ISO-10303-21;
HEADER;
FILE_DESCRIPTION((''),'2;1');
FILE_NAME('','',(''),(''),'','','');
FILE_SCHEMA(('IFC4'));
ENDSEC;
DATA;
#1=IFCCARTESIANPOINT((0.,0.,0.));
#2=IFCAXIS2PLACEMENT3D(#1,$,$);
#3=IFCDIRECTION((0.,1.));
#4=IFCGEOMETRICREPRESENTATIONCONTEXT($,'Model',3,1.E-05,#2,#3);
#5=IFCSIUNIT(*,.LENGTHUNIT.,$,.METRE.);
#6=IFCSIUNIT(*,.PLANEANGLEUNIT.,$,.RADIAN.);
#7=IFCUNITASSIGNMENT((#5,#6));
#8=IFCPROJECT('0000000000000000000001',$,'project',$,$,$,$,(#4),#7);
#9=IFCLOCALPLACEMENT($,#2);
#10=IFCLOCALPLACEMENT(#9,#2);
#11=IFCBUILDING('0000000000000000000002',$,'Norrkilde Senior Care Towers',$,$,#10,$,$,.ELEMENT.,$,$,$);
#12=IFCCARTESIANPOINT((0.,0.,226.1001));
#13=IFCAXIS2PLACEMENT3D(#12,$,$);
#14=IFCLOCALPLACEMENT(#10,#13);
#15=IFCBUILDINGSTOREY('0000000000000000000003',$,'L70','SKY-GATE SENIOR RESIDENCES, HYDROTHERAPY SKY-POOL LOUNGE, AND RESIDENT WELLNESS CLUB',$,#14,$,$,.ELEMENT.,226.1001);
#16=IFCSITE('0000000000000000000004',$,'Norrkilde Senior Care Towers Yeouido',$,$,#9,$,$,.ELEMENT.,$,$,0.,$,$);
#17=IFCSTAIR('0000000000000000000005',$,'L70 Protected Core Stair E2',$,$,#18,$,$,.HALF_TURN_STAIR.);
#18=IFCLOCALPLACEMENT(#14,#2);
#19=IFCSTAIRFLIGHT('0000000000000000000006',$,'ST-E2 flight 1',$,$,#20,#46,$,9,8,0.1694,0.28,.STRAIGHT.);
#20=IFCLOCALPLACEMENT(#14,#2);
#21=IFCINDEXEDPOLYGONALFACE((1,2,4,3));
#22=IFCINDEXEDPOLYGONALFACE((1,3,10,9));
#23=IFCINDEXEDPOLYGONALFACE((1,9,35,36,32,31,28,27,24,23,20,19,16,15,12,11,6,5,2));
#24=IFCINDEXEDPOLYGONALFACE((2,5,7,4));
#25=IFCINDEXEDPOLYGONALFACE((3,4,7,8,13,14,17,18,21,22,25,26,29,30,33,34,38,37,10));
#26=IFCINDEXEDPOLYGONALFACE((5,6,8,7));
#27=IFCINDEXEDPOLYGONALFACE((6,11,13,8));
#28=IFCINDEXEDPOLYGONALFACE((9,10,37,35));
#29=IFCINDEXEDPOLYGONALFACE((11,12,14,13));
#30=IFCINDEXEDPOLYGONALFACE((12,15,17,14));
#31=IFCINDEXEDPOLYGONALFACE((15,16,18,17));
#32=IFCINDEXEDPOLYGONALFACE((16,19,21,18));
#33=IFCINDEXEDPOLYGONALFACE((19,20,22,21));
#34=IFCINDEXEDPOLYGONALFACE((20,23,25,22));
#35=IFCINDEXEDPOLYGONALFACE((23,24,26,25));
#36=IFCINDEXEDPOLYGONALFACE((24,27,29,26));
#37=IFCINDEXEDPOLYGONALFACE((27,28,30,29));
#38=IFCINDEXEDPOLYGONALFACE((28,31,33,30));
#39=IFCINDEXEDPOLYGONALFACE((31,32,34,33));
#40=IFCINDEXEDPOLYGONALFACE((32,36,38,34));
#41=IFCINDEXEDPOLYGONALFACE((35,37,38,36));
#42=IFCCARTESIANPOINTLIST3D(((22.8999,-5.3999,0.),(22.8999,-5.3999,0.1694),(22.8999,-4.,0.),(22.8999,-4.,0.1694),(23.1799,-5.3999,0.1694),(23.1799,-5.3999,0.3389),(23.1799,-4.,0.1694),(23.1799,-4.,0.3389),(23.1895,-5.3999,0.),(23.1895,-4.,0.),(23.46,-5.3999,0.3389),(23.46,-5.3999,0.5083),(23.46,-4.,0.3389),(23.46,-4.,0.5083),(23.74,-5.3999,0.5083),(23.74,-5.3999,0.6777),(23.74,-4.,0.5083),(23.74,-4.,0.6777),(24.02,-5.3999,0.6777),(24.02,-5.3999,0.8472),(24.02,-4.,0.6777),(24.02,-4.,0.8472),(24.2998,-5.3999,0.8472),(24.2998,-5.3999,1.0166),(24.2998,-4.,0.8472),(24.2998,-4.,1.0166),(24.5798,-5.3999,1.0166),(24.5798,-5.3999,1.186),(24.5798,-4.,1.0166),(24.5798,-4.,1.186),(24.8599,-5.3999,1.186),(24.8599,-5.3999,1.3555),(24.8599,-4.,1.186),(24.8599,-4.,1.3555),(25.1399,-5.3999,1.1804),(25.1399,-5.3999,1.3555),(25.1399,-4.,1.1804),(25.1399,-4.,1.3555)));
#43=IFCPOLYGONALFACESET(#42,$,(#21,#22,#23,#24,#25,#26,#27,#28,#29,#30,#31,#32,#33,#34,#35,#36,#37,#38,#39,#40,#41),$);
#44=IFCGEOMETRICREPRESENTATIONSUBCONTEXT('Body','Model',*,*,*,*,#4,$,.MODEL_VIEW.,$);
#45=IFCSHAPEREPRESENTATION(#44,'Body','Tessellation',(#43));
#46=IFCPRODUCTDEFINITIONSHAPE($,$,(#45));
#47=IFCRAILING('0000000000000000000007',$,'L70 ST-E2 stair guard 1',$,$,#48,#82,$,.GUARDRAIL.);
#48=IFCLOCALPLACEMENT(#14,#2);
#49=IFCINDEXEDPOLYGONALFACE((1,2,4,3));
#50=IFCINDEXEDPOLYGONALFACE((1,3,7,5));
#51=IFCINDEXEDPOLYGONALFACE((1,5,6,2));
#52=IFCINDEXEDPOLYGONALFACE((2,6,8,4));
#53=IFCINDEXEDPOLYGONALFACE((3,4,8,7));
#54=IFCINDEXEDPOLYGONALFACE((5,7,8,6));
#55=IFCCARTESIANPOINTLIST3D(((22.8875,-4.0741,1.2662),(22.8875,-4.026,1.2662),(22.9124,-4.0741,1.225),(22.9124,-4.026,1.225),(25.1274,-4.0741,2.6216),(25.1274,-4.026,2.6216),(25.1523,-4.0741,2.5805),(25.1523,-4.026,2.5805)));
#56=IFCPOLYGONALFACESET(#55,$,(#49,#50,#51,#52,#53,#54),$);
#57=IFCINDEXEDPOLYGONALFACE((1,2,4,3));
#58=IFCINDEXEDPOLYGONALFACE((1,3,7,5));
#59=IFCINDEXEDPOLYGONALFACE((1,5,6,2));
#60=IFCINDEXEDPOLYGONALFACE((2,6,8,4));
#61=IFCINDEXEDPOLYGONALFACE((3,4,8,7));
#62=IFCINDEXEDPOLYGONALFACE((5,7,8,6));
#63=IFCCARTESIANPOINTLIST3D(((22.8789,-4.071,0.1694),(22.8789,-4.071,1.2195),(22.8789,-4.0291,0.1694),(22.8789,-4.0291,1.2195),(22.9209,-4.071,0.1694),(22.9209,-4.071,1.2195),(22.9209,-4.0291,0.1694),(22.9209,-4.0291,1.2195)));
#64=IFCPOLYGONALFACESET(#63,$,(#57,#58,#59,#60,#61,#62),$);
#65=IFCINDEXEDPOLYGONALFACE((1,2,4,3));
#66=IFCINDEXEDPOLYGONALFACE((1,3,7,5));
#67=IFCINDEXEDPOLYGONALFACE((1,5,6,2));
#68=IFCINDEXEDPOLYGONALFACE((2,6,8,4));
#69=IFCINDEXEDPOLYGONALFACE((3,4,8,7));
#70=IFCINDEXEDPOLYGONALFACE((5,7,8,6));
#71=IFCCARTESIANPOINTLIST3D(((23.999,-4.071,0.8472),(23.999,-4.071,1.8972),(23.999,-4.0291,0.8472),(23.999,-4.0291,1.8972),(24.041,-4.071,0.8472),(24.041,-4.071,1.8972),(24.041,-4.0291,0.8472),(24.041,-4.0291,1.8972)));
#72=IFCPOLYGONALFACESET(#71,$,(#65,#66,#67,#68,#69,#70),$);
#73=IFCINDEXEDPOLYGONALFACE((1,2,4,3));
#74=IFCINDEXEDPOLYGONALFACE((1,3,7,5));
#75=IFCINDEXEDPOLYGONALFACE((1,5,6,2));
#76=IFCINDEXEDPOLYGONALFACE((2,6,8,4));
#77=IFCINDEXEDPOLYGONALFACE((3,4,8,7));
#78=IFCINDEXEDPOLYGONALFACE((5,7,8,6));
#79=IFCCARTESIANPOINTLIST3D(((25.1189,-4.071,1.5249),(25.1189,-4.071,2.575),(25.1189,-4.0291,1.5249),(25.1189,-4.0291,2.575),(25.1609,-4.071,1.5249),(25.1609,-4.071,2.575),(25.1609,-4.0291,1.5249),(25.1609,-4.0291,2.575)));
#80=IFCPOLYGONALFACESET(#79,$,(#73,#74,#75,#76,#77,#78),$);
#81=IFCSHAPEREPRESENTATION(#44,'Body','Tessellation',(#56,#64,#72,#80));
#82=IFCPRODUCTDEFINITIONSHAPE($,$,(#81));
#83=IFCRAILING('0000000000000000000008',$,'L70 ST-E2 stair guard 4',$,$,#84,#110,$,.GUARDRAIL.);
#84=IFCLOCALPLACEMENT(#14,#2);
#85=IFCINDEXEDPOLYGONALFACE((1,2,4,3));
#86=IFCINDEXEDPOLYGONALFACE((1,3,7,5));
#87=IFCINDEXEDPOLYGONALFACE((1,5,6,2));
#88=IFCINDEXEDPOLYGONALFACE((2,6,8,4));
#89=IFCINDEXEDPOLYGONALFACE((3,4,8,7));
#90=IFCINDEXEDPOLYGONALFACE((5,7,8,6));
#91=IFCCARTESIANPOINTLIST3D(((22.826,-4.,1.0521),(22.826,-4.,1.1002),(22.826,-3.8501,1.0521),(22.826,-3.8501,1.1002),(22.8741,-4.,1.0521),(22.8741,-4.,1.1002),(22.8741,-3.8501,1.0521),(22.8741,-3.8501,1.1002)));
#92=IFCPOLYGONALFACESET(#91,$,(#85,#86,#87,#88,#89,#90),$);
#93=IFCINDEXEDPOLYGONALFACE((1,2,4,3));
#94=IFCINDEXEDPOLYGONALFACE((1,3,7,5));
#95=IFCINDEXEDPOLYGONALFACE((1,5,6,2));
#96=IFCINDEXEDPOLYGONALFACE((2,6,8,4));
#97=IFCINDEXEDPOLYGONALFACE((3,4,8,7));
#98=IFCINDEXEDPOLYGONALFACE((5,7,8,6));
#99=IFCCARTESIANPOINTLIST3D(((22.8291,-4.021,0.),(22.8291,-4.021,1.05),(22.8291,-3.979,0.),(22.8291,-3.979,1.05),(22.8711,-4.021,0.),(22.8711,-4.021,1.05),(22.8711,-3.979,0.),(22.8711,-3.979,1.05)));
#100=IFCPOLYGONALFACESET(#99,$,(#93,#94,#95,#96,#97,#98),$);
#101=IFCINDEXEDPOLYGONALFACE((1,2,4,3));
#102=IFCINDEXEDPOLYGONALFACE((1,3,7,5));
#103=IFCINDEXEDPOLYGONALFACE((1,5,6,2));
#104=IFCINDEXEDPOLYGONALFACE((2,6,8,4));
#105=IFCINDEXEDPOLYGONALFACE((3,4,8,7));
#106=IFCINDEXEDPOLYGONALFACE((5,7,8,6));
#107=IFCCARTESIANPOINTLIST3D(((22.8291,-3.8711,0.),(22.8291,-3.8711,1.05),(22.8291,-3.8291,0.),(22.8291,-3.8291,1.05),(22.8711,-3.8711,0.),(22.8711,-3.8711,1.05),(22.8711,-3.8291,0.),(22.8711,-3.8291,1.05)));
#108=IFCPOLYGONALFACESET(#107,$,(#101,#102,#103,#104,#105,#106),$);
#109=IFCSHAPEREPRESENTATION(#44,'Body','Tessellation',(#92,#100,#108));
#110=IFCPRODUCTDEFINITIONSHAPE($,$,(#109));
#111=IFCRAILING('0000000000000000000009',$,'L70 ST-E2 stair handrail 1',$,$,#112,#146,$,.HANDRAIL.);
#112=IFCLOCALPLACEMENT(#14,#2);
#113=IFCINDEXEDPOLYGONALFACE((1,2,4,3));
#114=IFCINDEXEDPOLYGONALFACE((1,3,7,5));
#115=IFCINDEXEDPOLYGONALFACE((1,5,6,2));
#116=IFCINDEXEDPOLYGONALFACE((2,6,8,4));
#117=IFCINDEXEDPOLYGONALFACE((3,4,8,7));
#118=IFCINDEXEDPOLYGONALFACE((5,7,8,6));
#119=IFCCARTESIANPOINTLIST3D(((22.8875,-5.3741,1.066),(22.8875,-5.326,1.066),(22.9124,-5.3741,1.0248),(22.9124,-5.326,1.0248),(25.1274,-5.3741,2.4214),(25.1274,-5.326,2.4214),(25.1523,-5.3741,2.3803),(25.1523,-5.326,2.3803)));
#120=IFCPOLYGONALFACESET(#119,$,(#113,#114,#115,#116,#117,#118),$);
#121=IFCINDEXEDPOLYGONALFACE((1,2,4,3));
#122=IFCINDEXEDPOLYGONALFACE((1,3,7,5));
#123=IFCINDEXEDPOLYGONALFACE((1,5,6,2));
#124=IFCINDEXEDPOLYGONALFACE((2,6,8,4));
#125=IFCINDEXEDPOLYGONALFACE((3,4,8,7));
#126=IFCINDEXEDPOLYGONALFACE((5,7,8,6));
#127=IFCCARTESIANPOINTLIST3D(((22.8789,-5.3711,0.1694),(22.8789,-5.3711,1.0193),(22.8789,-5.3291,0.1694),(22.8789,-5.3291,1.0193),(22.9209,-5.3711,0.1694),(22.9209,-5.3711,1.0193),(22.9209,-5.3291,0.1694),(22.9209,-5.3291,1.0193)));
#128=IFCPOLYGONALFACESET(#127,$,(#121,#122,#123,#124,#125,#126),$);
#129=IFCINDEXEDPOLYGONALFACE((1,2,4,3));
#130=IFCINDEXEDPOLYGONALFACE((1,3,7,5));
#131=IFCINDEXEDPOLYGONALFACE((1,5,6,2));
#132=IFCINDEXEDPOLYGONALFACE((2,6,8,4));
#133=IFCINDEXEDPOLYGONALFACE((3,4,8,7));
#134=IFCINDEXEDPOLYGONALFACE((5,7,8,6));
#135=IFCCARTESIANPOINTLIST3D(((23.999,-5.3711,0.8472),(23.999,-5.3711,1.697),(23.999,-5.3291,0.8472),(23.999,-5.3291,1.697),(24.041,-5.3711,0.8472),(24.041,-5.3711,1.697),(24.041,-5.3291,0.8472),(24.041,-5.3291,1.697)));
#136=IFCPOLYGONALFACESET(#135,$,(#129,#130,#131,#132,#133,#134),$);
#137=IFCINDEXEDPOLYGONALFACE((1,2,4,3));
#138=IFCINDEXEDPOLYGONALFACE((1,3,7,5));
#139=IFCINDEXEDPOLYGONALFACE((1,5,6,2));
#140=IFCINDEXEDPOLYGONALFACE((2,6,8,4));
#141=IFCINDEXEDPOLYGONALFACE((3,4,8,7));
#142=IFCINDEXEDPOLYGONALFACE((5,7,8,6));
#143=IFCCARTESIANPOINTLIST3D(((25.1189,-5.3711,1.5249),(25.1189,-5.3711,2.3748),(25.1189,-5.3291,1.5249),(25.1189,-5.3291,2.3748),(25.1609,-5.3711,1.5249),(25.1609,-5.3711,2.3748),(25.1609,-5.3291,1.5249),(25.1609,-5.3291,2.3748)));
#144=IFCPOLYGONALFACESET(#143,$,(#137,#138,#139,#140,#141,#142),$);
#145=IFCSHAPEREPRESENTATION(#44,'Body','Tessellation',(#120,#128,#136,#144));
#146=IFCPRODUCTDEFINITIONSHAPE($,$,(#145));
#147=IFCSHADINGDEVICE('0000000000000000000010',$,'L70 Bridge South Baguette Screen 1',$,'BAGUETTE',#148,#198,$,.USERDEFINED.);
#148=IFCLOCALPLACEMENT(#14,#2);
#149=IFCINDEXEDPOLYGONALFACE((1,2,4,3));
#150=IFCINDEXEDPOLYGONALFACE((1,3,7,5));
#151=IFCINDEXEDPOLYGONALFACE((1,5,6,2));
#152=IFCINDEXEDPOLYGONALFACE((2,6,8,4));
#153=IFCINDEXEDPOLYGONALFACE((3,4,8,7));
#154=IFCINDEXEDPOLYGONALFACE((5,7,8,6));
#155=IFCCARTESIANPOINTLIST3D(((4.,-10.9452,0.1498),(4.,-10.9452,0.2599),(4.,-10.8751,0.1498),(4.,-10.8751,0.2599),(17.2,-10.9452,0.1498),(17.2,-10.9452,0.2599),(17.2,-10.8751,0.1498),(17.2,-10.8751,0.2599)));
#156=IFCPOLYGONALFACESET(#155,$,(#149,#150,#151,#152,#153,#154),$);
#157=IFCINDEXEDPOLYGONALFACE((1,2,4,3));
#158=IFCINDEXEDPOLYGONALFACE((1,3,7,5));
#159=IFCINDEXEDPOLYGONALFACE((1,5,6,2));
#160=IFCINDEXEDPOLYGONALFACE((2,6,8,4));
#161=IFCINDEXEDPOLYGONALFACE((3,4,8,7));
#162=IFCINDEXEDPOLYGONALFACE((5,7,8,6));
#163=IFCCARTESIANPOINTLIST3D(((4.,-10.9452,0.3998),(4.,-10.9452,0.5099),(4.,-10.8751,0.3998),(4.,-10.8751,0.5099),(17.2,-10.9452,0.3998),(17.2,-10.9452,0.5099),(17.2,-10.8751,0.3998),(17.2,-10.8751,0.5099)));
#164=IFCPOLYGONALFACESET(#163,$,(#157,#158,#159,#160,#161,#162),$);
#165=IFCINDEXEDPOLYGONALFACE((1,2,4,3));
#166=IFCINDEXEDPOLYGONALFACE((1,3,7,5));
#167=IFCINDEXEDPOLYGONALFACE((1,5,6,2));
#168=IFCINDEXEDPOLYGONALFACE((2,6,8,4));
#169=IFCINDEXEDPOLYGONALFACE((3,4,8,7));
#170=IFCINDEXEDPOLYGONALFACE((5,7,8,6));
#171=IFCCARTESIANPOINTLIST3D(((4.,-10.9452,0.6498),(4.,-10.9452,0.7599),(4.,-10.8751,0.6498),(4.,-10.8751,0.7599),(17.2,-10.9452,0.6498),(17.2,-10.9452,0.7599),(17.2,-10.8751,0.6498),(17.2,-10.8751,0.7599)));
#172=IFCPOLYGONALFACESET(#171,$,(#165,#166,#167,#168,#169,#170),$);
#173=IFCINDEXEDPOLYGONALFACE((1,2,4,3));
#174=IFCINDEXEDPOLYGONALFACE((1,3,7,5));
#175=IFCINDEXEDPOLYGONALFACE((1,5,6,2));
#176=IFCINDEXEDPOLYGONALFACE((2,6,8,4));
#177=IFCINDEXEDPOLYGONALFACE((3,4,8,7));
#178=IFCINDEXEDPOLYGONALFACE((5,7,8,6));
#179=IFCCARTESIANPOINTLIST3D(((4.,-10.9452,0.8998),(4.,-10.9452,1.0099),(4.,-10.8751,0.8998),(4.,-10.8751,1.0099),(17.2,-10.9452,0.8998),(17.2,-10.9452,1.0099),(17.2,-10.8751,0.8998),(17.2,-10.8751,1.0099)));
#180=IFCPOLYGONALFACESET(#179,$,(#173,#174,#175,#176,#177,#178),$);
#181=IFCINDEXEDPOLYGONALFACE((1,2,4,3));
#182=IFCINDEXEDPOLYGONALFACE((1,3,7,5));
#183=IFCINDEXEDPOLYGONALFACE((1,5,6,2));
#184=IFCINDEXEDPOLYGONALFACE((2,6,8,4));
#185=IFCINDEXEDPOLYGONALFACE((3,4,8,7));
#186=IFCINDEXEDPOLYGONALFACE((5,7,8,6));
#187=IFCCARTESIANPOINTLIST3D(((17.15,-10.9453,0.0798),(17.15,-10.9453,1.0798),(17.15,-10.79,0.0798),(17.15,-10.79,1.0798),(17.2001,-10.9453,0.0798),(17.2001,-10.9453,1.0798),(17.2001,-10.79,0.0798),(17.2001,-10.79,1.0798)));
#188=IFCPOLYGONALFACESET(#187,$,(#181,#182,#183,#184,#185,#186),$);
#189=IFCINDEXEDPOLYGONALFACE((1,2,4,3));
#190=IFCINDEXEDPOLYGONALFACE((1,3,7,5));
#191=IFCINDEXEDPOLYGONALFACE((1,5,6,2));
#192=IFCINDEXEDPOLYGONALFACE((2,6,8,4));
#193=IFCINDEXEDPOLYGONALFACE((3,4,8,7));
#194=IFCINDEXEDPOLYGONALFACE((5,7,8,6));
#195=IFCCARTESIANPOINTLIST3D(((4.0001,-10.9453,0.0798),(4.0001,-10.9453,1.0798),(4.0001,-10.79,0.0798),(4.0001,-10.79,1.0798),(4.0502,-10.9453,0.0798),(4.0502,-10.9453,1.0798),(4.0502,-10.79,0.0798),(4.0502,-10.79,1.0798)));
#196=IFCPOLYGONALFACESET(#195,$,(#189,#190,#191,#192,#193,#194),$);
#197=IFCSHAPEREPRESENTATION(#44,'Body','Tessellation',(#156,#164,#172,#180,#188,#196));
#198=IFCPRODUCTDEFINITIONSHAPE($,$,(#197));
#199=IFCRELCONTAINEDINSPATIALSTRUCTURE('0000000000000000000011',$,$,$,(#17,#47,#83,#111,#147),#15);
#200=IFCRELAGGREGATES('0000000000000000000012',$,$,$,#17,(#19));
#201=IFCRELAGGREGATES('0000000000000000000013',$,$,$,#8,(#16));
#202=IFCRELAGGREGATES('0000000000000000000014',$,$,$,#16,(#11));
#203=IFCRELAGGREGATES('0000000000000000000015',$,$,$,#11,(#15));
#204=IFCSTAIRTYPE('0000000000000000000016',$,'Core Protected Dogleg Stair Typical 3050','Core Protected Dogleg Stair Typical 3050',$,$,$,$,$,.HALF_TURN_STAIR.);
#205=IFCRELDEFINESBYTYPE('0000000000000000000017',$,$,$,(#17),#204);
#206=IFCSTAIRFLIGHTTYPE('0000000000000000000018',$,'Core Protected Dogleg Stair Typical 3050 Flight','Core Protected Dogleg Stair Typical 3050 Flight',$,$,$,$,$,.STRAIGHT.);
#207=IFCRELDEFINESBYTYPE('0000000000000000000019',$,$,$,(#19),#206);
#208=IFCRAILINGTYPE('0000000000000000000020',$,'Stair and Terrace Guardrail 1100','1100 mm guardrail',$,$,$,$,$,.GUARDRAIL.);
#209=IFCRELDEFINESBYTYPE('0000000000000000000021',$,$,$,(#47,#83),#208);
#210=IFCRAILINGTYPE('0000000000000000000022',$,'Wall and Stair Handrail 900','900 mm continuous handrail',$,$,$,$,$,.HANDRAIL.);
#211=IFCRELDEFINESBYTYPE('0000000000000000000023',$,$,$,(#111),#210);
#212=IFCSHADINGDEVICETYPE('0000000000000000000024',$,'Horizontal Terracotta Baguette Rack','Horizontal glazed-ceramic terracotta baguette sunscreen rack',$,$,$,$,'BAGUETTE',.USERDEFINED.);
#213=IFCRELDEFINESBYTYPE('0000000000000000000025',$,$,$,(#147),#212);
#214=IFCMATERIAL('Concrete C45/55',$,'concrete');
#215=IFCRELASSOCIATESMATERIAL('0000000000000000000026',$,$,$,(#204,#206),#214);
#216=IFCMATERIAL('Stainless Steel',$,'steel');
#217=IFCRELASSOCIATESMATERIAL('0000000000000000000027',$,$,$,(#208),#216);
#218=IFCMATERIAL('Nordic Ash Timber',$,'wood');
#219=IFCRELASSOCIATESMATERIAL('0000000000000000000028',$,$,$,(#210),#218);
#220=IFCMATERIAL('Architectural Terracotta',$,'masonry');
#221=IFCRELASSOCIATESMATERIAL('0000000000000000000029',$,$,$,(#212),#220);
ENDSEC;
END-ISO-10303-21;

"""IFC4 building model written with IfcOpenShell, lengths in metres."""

from ifc_helpers import new_model, si_unit, direction, frame, origin, origin_2d, place, context, subcontext, project, spatial, polyline, rectangle, outline, extrude, source, transform, mapped, material, type_object, type_shapes, element, aggregate, save


model = new_model("IFC4")

# Units and contexts
model_context = context("Model", 3, precision=1e-05, world=origin(), true_north=direction((0.0, 1.0)))
body_context = subcontext(model_context, "Body", "Model", "MODEL_VIEW")
ifc_project = project(units=[si_unit("LENGTHUNIT", "METRE"), si_unit("PLANEANGLEUNIT", "RADIAN")], contexts=[model_context])

# Site, building, storey
site_placement = place(None, origin())
site = spatial("IfcSite", under=ifc_project, at=site_placement, Name="Norrkilde Senior Care Towers Yeouido", CompositionType="ELEMENT", RefElevation=0.0)
building_placement = place(site_placement, origin())
building = spatial("IfcBuilding", under=site, at=building_placement, Name="Norrkilde Senior Care Towers", CompositionType="ELEMENT")
storey_placement = place(building_placement, frame((0.0, 0.0, 226.1001)))
storey = spatial("IfcBuildingStorey", under=building, at=storey_placement, Name="L70", Description="SKY-GATE SENIOR RESIDENCES, HYDROTHERAPY SKY-POOL LOUNGE, AND RESIDENT WELLNESS CLUB", CompositionType="ELEMENT", Elevation=226.1001)

# Shared definitions
ifc_material_1 = material(Name="Concrete C45/55", Category="concrete")

# Shared definitions
ifc_material_2 = material(Name="Nordic Ash Timber", Category="wood")

# Stair, stair flight
stair_type = type_object("IfcStairType", Name="Core Protected Dogleg Stair Typical 3050", Description="Core Protected Dogleg Stair Typical 3050", PredefinedType="HALF_TURN_STAIR", material=ifc_material_1)
stair_placement = place(storey_placement, origin())
stair = element("IfcStair", 1, at=stair_placement, inside=storey, type_object=stair_type, Name="L70 Protected Core Stair E2", PredefinedType="HALF_TURN_STAIR")
stair_flight_type = type_object("IfcStairFlightType", Name="Core Protected Dogleg Stair Typical 3050 Flight", Description="Core Protected Dogleg Stair Typical 3050 Flight", PredefinedType="STRAIGHT", material=ifc_material_1)
stair_flight_placement = place(storey_placement, frame((22.8999, -4.7, 0.0), z_axis=(0.0, 0.0, 1.0), x_axis=(1.0, 0.0, 0.0)))
stair_flight = element("IfcStairFlight", 2, at=stair_flight_placement, type_object=stair_flight_type, Name="ST-E2 flight 1", NumberOfRisers=9, NumberOfTreads=8, PredefinedType="STRAIGHT", RiserHeight=0.1694, TreadLength=0.28, context=body_context, shape_type="SweptSolid", body=[
    extrude(outline(polyline([(0.0, 0.0), (0.0, 0.1694), (0.28, 0.1694), (0.28, 0.3389), (0.5601, 0.3389), (0.5601, 0.5083), (0.8401, 0.5083), (0.8401, 0.6777), (1.1201, 0.6777), (1.1201, 0.8472), (1.3999, 0.8472), (1.3999, 1.0166), (1.6799, 1.0166), (1.6799, 1.186), (1.96, 1.186), (1.96, 1.3555), (2.24, 1.3555), (2.24, 1.5249), (2.24, 1.1804), (0.2896, 0.0), (0.0, 0.0)])), frame((0.0, 0.7, 0.0), z_axis=(0.0, -1.0, 0.0), x_axis=(1.0, 0.0, 0.0)), (0.0, 0.0, 1.0), 1.3999),
])
aggregate(stair, [stair_flight])

# Railings
ifc_material_3 = material(Name="Stainless Steel", Category="steel")
railing_type_1 = type_object("IfcRailingType", Name="Stair and Terrace Guardrail 1100", Description="1100 mm guardrail", PredefinedType="GUARDRAIL", material=ifc_material_3)
railing_1_placement = place(storey_placement, frame((22.8999, -4.05, 0.1694)))
element("IfcRailing", 3, at=railing_1_placement, inside=storey, type_object=railing_type_1, Name="L70 ST-E2 stair guard 1", PredefinedType="GUARDRAIL", context=body_context, shape_type="SweptSolid", body=[
    extrude(rectangle(XDim=0.0481, YDim=0.0481, at=origin_2d()), frame((0.0, 0.0, 1.0762), z_axis=(0.855553, 0.0, 0.517715), x_axis=(0.0, 1.0, 0.0)), (0.0, 0.0, 1.0), 2.6182),
    extrude(rectangle(XDim=0.042, YDim=0.042, at=origin_2d()), origin(), (0.0, 0.0, 1.0), 1.05),
    extrude(rectangle(XDim=0.042, YDim=0.042, at=origin_2d()), frame((1.1201, 0.0, 0.6777)), (0.0, 0.0, 1.0), 1.05),
    extrude(rectangle(XDim=0.042, YDim=0.042, at=origin_2d()), frame((2.24, 0.0, 1.3555)), (0.0, 0.0, 1.0), 1.05),
])
railing_2_placement = place(storey_placement, frame((22.8501, -4.0, 0.0)))
element("IfcRailing", 4, at=railing_2_placement, inside=storey, type_object=railing_type_1, Name="L70 ST-E2 stair guard 4", PredefinedType="GUARDRAIL", context=body_context, shape_type="SweptSolid", body=[
    extrude(rectangle(XDim=0.0481, YDim=0.0481, at=origin_2d()), frame((0.0, 0.0, 1.0762), z_axis=(0.0, 1.0, 0.0), x_axis=(-1.0, 0.0, 0.0)), (0.0, 0.0, 1.0), 0.1499),
    extrude(rectangle(XDim=0.042, YDim=0.042, at=origin_2d()), origin(), (0.0, 0.0, 1.0), 1.05),
    extrude(rectangle(XDim=0.042, YDim=0.042, at=origin_2d()), frame((0.0, 0.1499, 0.0)), (0.0, 0.0, 1.0), 1.05),
])
railing_type_2 = type_object("IfcRailingType", Name="Wall and Stair Handrail 900", Description="900 mm continuous handrail", PredefinedType="HANDRAIL", material=ifc_material_2)
railing_3_placement = place(storey_placement, frame((22.8999, -5.3501, 0.1694)))
element("IfcRailing", 5, at=railing_3_placement, inside=storey, type_object=railing_type_2, Name="L70 ST-E2 stair handrail 1", PredefinedType="HANDRAIL", context=body_context, shape_type="SweptSolid", body=[
    extrude(rectangle(XDim=0.0481, YDim=0.0481, at=origin_2d()), frame((0.0, 0.0, 0.876), z_axis=(0.855553, 0.0, 0.517715), x_axis=(0.0, 1.0, 0.0)), (0.0, 0.0, 1.0), 2.6182),
    extrude(rectangle(XDim=0.042, YDim=0.042, at=origin_2d()), origin(), (0.0, 0.0, 1.0), 0.8499),
    extrude(rectangle(XDim=0.042, YDim=0.042, at=origin_2d()), frame((1.1201, 0.0, 0.6777)), (0.0, 0.0, 1.0), 0.8499),
    extrude(rectangle(XDim=0.042, YDim=0.042, at=origin_2d()), frame((2.24, 0.0, 1.3555)), (0.0, 0.0, 1.0), 0.8499),
])

# Shading device
ifc_material_4 = material(Name="Architectural Terracotta", Category="masonry")
shading_device_type = type_object("IfcShadingDeviceType", Name="Horizontal Terracotta Baguette Rack", Description="Horizontal glazed-ceramic terracotta baguette sunscreen rack", ElementType="BAGUETTE", PredefinedType="USERDEFINED", material=ifc_material_4)
shared_shape_1 = source(origin(), body_context, "Body", "SweptSolid", [
    extrude(rectangle(XDim=0.0701, YDim=0.1101, at=origin_2d()), frame((0.0, 0.0901, 0.125), z_axis=(1.0, 0.0, 0.0), x_axis=(0.0, 1.0, 0.0)), (0.0, 0.0, 1.0), 13.2),
    extrude(rectangle(XDim=0.0701, YDim=0.1101, at=origin_2d()), frame((0.0, 0.0901, 0.375), z_axis=(1.0, 0.0, 0.0), x_axis=(0.0, 1.0, 0.0)), (0.0, 0.0, 1.0), 13.2),
    extrude(rectangle(XDim=0.0701, YDim=0.1101, at=origin_2d()), frame((0.0, 0.0901, 0.625), z_axis=(1.0, 0.0, 0.0), x_axis=(0.0, 1.0, 0.0)), (0.0, 0.0, 1.0), 13.2),
    extrude(rectangle(XDim=0.0701, YDim=0.1101, at=origin_2d()), frame((0.0, 0.0901, 0.875), z_axis=(1.0, 0.0, 0.0), x_axis=(0.0, 1.0, 0.0)), (0.0, 0.0, 1.0), 13.2),
    extrude(rectangle(XDim=0.05, YDim=0.1553, at=origin_2d()), frame((0.0249, 0.0476, 0.0)), (0.0, 0.0, 1.0), 1.0),
    extrude(rectangle(XDim=0.05, YDim=0.1553, at=origin_2d()), frame((13.1748, 0.0476, 0.0)), (0.0, 0.0, 1.0), 1.0),
])
type_shapes(shading_device_type, [shared_shape_1])
shading_device_placement = place(storey_placement, frame((17.2, -10.8201, 0.0798), z_axis=(0.0, 0.0, 1.0), x_axis=(-1.0, 0.0, 0.0)))
element("IfcShadingDevice", 6, at=shading_device_placement, inside=storey, type_object=shading_device_type, Name="L70 Bridge South Baguette Screen 1", ObjectType="BAGUETTE", PredefinedType="USERDEFINED", context=body_context, shape_type="MappedRepresentation", body=[
    mapped(shared_shape_1, transform((0.0, 0.0, 0.0), x_axis=(1.0, 0.0, 0.0), y_axis=(0.0, 1.0, 0.0), z_axis=(0.0, 0.0, 1.0), scale=1.0)),
])

save(model, "model.ifc")
